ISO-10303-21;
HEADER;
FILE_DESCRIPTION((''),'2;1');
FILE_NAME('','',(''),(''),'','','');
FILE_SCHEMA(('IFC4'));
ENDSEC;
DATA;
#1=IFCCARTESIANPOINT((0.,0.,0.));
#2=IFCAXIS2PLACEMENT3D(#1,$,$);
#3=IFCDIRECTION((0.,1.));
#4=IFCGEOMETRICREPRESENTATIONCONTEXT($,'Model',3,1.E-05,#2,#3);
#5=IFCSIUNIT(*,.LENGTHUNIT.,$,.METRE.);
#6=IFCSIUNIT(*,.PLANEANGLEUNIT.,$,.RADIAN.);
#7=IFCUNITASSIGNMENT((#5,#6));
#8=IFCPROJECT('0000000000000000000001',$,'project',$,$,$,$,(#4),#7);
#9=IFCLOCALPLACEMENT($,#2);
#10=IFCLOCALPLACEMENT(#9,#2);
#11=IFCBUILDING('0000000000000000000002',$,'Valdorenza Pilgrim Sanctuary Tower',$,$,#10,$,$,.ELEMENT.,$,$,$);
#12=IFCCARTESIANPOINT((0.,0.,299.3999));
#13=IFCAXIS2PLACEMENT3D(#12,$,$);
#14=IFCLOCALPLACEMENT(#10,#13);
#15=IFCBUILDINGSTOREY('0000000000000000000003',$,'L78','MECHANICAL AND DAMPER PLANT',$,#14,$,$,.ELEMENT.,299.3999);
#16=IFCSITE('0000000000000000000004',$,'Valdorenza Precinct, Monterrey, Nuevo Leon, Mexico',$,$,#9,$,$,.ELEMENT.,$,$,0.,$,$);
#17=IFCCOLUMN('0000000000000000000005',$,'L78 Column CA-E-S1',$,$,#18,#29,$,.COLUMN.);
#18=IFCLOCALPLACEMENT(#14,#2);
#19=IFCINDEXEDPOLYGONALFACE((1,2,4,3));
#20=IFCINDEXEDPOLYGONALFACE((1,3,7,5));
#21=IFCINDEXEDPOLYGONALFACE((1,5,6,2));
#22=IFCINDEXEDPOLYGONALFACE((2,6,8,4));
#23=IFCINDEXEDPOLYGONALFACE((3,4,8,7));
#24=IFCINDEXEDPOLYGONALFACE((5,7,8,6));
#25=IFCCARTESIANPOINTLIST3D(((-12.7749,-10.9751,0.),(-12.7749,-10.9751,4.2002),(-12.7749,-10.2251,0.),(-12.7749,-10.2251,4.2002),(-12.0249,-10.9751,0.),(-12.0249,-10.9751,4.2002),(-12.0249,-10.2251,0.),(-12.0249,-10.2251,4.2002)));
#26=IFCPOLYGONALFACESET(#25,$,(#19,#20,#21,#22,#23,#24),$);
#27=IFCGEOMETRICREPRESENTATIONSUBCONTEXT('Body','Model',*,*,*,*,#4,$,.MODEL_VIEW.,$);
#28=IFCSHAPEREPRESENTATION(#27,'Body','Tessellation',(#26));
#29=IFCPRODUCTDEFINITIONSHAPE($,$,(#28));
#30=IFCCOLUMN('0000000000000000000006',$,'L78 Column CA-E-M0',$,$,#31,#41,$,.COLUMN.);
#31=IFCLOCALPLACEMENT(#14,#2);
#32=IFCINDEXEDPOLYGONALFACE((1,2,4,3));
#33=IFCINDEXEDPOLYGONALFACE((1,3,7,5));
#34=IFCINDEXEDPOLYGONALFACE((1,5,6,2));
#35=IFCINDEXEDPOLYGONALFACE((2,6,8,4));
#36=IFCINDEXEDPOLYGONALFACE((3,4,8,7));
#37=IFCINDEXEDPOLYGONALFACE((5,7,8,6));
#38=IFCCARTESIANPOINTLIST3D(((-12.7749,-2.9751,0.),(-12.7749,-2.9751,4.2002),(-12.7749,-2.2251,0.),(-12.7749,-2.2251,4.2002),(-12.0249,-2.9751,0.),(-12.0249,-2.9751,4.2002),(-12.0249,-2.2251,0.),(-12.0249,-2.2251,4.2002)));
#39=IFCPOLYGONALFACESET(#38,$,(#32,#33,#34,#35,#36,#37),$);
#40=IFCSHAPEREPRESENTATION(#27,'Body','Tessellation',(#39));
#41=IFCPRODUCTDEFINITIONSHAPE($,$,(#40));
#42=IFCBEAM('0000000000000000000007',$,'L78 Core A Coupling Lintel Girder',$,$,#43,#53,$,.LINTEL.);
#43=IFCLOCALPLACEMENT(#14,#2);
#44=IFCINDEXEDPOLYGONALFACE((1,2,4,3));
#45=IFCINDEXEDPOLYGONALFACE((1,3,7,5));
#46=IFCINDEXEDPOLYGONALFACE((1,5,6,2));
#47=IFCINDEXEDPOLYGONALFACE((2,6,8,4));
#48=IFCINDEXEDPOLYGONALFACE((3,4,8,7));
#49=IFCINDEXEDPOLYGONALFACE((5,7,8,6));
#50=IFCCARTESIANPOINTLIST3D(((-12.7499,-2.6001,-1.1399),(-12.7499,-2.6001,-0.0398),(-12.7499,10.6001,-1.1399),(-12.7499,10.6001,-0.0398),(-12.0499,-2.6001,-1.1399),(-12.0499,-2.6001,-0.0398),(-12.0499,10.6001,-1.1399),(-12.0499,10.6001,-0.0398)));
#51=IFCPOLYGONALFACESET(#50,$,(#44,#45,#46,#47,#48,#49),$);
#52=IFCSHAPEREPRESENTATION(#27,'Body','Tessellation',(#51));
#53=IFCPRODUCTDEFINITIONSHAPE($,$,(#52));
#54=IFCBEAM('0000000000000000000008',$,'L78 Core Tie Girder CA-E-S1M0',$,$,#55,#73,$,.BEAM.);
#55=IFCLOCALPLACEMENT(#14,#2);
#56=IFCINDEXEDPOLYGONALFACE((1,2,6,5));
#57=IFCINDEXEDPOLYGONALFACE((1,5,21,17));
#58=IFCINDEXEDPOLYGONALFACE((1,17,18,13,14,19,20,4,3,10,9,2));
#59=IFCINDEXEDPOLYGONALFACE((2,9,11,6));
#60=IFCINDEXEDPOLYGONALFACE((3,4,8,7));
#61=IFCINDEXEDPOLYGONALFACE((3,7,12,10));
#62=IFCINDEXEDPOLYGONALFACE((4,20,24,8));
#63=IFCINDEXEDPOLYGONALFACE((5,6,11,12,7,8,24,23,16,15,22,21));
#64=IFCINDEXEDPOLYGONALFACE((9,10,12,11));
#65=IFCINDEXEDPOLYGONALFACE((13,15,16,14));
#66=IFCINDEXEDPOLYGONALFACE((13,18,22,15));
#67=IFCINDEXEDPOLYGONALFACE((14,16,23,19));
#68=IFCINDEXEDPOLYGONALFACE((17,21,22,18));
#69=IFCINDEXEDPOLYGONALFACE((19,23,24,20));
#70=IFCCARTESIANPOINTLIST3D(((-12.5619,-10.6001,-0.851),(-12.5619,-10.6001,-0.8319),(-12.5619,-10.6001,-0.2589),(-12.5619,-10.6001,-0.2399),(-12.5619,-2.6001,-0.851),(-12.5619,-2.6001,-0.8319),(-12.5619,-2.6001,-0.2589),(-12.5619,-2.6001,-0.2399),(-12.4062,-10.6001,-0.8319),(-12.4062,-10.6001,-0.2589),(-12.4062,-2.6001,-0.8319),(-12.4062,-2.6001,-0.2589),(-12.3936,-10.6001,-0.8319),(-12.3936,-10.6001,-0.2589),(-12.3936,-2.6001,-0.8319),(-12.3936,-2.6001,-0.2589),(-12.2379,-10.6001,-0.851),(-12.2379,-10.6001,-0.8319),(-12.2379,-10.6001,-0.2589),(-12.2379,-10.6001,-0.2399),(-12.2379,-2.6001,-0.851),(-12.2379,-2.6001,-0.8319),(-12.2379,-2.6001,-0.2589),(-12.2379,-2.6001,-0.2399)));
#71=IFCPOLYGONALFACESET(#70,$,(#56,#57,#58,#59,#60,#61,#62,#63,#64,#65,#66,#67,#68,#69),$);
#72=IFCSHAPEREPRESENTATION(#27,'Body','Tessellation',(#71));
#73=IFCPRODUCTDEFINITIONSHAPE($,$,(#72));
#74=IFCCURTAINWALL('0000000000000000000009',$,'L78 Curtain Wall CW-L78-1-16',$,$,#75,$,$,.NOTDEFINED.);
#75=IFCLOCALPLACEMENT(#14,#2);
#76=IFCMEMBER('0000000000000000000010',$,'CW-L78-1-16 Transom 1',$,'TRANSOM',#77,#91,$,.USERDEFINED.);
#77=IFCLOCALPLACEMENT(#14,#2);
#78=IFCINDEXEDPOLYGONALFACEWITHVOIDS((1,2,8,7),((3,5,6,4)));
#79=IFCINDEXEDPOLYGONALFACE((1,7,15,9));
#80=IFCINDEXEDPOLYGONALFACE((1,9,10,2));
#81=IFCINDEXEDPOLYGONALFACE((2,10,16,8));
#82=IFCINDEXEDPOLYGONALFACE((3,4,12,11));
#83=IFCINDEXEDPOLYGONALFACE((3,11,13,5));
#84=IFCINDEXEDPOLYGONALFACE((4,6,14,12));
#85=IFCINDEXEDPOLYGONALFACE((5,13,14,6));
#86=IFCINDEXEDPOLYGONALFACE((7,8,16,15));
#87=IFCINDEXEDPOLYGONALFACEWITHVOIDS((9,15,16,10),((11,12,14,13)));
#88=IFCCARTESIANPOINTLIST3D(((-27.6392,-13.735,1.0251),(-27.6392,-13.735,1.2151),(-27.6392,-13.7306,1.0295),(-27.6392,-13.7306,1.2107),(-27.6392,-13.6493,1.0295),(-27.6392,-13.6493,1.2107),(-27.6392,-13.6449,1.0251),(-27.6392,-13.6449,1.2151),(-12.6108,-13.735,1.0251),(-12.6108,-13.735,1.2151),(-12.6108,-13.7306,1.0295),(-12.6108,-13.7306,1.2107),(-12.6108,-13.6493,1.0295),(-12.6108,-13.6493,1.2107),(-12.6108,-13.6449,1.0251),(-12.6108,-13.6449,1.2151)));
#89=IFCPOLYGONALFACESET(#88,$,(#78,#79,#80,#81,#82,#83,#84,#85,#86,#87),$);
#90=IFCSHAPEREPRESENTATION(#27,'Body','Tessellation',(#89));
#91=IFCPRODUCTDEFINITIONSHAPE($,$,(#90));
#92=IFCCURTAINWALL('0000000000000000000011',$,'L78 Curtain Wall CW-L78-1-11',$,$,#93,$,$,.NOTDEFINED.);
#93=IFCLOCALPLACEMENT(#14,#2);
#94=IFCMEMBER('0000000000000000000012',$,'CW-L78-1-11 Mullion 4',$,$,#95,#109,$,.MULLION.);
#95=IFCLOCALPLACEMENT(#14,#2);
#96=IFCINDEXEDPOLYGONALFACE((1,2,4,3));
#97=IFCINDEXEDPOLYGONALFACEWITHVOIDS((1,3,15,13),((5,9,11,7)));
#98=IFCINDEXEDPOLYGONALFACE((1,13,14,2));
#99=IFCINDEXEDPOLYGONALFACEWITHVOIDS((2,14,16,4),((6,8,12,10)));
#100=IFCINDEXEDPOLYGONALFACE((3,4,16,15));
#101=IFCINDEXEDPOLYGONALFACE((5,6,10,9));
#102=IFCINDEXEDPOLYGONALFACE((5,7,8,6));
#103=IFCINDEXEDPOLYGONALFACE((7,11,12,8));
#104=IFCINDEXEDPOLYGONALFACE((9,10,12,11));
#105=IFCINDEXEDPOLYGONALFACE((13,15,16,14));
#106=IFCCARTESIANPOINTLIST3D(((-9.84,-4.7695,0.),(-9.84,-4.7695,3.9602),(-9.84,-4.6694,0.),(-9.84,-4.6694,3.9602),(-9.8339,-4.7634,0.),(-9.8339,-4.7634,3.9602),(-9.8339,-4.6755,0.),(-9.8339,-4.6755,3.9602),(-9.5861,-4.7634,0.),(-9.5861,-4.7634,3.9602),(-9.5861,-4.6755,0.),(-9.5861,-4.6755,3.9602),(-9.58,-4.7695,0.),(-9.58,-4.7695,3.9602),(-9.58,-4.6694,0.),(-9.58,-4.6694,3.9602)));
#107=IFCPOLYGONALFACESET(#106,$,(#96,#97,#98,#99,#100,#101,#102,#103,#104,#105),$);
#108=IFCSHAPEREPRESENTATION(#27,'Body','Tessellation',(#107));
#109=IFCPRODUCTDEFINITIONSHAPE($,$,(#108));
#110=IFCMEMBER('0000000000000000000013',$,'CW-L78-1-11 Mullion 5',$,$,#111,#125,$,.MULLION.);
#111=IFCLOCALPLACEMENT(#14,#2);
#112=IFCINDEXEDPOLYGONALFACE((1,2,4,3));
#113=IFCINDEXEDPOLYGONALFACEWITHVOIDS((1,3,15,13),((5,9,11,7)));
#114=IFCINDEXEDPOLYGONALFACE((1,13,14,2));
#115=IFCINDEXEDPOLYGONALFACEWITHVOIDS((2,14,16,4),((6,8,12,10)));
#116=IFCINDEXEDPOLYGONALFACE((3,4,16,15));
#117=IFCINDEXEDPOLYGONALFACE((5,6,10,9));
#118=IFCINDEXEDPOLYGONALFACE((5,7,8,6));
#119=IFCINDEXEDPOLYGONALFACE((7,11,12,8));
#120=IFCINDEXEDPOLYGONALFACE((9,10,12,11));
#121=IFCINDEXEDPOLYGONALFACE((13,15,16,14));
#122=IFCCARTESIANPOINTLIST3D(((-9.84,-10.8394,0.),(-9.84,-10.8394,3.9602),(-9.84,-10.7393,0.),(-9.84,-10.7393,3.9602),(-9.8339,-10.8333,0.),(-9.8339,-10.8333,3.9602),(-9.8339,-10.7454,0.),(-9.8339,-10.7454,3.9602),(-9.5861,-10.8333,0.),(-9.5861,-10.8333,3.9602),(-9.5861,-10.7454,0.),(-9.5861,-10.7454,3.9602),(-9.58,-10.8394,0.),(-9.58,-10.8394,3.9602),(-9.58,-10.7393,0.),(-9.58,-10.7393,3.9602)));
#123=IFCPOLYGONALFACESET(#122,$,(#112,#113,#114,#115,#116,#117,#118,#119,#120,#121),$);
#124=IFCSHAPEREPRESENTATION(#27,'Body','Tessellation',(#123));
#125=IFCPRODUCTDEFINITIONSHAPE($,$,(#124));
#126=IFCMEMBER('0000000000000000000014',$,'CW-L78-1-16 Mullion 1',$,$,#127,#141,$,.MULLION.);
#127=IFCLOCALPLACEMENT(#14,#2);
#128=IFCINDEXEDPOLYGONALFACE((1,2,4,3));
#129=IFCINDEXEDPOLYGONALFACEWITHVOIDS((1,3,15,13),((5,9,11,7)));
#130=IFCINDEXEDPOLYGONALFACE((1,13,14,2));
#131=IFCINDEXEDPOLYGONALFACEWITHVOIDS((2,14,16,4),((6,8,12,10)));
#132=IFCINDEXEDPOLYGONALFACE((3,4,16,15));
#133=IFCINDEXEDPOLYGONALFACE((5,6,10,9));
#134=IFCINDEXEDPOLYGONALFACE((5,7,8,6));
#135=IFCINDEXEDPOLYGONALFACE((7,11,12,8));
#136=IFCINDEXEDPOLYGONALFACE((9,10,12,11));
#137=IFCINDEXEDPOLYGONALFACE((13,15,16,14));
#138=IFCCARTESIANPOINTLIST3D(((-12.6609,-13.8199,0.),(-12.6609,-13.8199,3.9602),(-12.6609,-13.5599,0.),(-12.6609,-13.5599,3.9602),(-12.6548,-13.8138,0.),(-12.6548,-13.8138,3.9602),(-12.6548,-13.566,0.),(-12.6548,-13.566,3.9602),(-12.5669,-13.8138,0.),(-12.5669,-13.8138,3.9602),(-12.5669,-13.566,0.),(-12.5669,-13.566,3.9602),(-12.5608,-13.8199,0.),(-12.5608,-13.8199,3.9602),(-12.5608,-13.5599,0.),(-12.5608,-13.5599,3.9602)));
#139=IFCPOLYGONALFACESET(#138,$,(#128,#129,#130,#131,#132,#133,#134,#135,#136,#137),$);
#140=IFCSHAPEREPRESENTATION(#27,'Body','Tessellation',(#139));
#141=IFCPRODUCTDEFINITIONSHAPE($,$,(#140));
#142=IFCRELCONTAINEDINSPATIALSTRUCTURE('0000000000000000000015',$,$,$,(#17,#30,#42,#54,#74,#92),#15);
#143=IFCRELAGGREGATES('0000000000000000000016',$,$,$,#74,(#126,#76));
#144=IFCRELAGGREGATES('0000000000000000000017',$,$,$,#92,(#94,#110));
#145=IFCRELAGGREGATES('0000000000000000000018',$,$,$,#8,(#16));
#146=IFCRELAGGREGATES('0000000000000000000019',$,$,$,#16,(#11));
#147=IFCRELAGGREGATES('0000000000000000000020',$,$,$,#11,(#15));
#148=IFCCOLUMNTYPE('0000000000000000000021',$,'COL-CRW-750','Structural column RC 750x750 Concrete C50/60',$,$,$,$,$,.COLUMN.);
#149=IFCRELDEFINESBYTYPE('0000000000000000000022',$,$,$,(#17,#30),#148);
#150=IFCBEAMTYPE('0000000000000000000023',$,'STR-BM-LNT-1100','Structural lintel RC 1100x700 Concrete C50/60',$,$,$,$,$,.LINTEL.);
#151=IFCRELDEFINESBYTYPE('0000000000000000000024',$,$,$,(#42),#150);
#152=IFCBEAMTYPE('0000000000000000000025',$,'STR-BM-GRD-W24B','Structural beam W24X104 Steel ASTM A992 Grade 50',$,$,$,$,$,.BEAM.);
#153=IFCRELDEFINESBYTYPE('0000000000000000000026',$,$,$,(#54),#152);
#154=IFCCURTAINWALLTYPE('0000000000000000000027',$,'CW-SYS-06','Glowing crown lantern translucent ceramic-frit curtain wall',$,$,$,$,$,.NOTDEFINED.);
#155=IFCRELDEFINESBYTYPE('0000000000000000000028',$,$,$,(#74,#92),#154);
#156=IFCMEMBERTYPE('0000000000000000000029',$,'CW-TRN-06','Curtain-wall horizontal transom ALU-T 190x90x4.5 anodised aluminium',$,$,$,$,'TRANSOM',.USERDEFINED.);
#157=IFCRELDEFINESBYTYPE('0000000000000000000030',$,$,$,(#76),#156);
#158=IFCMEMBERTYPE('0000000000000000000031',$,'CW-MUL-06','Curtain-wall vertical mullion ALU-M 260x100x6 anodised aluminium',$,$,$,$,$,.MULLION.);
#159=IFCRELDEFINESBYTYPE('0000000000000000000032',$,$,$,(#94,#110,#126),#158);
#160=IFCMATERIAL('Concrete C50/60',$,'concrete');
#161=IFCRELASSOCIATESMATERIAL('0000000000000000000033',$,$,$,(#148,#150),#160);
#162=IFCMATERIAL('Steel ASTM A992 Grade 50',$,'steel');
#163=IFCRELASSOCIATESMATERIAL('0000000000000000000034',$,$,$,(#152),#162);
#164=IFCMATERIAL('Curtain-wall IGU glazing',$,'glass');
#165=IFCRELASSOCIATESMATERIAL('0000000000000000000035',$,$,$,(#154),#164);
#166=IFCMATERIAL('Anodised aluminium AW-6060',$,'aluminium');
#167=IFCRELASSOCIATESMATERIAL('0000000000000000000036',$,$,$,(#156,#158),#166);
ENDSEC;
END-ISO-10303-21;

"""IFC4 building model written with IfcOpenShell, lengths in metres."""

from ifc_helpers import new_model, si_unit, direction, frame, origin, origin_2d, place, context, subcontext, project, spatial, rectangle, hollow_rectangle, i_section, extrude, source, transform, mapped, material, material_profile, profile_set, type_object, element, aggregate, save


model = new_model("IFC4")

# Units and contexts
model_context = context("Model", 3, precision=1e-05, world=origin(), true_north=direction((0.0, 1.0)))
body_context = subcontext(model_context, "Body", "Model", "MODEL_VIEW")
ifc_project = project(units=[si_unit("LENGTHUNIT", "METRE"), si_unit("PLANEANGLEUNIT", "RADIAN")], contexts=[model_context])

# Site, building, storey
site_placement = place(None, origin())
site = spatial("IfcSite", under=ifc_project, at=site_placement, Name="Valdorenza Precinct, Monterrey, Nuevo Leon, Mexico", CompositionType="ELEMENT", RefElevation=0.0)
building_placement = place(site_placement, origin())
building = spatial("IfcBuilding", under=site, at=building_placement, Name="Valdorenza Pilgrim Sanctuary Tower", CompositionType="ELEMENT")
storey_placement = place(building_placement, frame((0.0, 0.0, 299.3999)))
storey = spatial("IfcBuildingStorey", under=building, at=storey_placement, Name="L78", Description="MECHANICAL AND DAMPER PLANT", CompositionType="ELEMENT", Elevation=299.3999)

# Columns
ifc_material_1 = material(Name="Concrete C50/60", Category="concrete")
ifc_material_profile_1 = material_profile(ifc_material_1, rectangle(XDim=0.75, YDim=0.75, at=origin_2d()), Name="RC 750x750")
ifc_profile_set_1 = profile_set([ifc_material_profile_1], Name="Concrete C50/60")
column_type = type_object("IfcColumnType", Name="COL-CRW-750", Description="Structural column RC 750x750 Concrete C50/60", PredefinedType="COLUMN", material=ifc_profile_set_1)
shared_shape_1 = source(origin(), body_context, "Body", "SweptSolid", [
    extrude(rectangle(XDim=0.75, YDim=0.75, at=origin_2d()), origin(), (0.0, 0.0, 1.0), 4.2002),
])
for number, where, z_axis, x_axis, name in (
    (1, (-12.3999, -10.6001, 0.0), (0.0, 0.0, 1.0), (1.0, 0.0, 0.0), "L78 Column CA-E-S1"),
    (2, (-12.3999, -2.6001, 0.0), (0.0, 0.0, 1.0), (1.0, 0.0, 0.0), "L78 Column CA-E-M0"),
):
    element("IfcColumn", number, at=place(storey_placement, frame(where, z_axis=z_axis, x_axis=x_axis)), inside=storey, type_object=column_type, Name=name, PredefinedType="COLUMN", context=body_context, shape_type="MappedRepresentation", body=[
        mapped(shared_shape_1, transform((0.0, 0.0, 0.0), x_axis=(1.0, 0.0, 0.0), y_axis=(0.0, 1.0, 0.0), z_axis=(0.0, 0.0, 1.0), scale=1.0)),
    ])

# Beams
ifc_material_profile_2 = material_profile(ifc_material_1, rectangle(XDim=0.7, YDim=1.1001, at=origin_2d()), Name="RC 1100x700")
ifc_profile_set_2 = profile_set([ifc_material_profile_2], Name="Concrete C50/60")
beam_type_1 = type_object("IfcBeamType", Name="STR-BM-LNT-1100", Description="Structural lintel RC 1100x700 Concrete C50/60", PredefinedType="LINTEL", material=ifc_profile_set_2)
shared_shape_2 = source(origin(), body_context, "Body", "SweptSolid", [
    extrude(rectangle(XDim=0.7, YDim=1.1001, at=origin_2d()), origin(), (0.0, 0.0, 1.0), 13.2002),
])
beam_1_placement = place(storey_placement, frame((-12.3999, -2.6001, -0.5898), z_axis=(0.0, 1.0, 0.0), x_axis=(-1.0, 0.0, 0.0)))
element("IfcBeam", 3, at=beam_1_placement, inside=storey, type_object=beam_type_1, Name="L78 Core A Coupling Lintel Girder", PredefinedType="LINTEL", context=body_context, shape_type="MappedRepresentation", body=[
    mapped(shared_shape_2, transform((0.0, 0.0, 0.0), x_axis=(1.0, 0.0, 0.0), y_axis=(0.0, 1.0, 0.0), z_axis=(0.0, 0.0, 1.0), scale=1.0)),
])
ifc_material_2 = material(Name="Steel ASTM A992 Grade 50", Category="steel")
ifc_material_profile_3 = material_profile(ifc_material_2, i_section(OverallWidth=0.324, OverallDepth=0.6111, WebThickness=0.0127, FlangeThickness=0.019, at=origin_2d()), Name="W24X104")
ifc_profile_set_3 = profile_set([ifc_material_profile_3], Name="Steel ASTM A992 Grade 50")
beam_type_2 = type_object("IfcBeamType", Name="STR-BM-GRD-W24B", Description="Structural beam W24X104 Steel ASTM A992 Grade 50", PredefinedType="BEAM", material=ifc_profile_set_3)
shared_shape_3 = source(origin(), body_context, "Body", "SweptSolid", [
    extrude(i_section(OverallWidth=0.324, OverallDepth=0.6111, WebThickness=0.0127, FlangeThickness=0.019, at=origin_2d()), origin(), (0.0, 0.0, 1.0), 8.0),
])
beam_2_placement = place(storey_placement, frame((-12.3999, -10.6001, -0.5454), z_axis=(0.0, 1.0, 0.0), x_axis=(-1.0, 0.0, 0.0)))
element("IfcBeam", 4, at=beam_2_placement, inside=storey, type_object=beam_type_2, Name="L78 Core Tie Girder CA-E-S1M0", PredefinedType="BEAM", context=body_context, shape_type="MappedRepresentation", body=[
    mapped(shared_shape_3, transform((0.0, 0.0, 0.0), x_axis=(1.0, 0.0, 0.0), y_axis=(0.0, 1.0, 0.0), z_axis=(0.0, 0.0, 1.0), scale=1.0)),
])

# Curtain wall, member
ifc_material_3 = material(Name="Curtain-wall IGU glazing", Category="glass")
curtain_wall_type = type_object("IfcCurtainWallType", Name="CW-SYS-06", Description="Glowing crown lantern translucent ceramic-frit curtain wall", PredefinedType="NOTDEFINED", material=ifc_material_3)
curtain_wall_1_placement = place(storey_placement, origin())
curtain_wall_1 = element("IfcCurtainWall", 5, at=curtain_wall_1_placement, inside=storey, type_object=curtain_wall_type, Name="L78 Curtain Wall CW-L78-1-16", PredefinedType="NOTDEFINED")
ifc_material_4 = material(Name="Anodised aluminium AW-6060", Category="aluminium")
ifc_material_profile_4 = material_profile(ifc_material_4, hollow_rectangle(XDim=0.0901, YDim=0.1899, WallThickness=0.0044, at=origin_2d()), Name="ALU-T 190x90x4.5")
ifc_profile_set_4 = profile_set([ifc_material_profile_4], Name="Anodised aluminium AW-6060")
member_type_1 = type_object("IfcMemberType", Name="CW-TRN-06", Description="Curtain-wall horizontal transom ALU-T 190x90x4.5 anodised aluminium", ElementType="TRANSOM", PredefinedType="USERDEFINED", material=ifc_profile_set_4)
shared_shape_4 = source(origin(), body_context, "Body", "SweptSolid", [
    extrude(hollow_rectangle(XDim=0.0901, YDim=0.1899, WallThickness=0.0044, at=origin_2d()), origin(), (0.0, 0.0, 1.0), 15.0283),
])
member_1_placement = place(storey_placement, frame((-12.6108, -13.6899, 1.1201), z_axis=(-1.0, 0.0, 0.0), x_axis=(0.0, -1.0, 0.0)))
member_1 = element("IfcMember", 6, at=member_1_placement, type_object=member_type_1, Name="CW-L78-1-16 Transom 1", ObjectType="TRANSOM", PredefinedType="USERDEFINED", context=body_context, shape_type="MappedRepresentation", body=[
    mapped(shared_shape_4, transform((0.0, 0.0, 0.0), x_axis=(1.0, 0.0, 0.0), y_axis=(0.0, 1.0, 0.0), z_axis=(0.0, 0.0, 1.0), scale=1.0)),
])

# Curtain wall, members
curtain_wall_2_placement = place(storey_placement, origin())
curtain_wall_2 = element("IfcCurtainWall", 7, at=curtain_wall_2_placement, inside=storey, type_object=curtain_wall_type, Name="L78 Curtain Wall CW-L78-1-11", PredefinedType="NOTDEFINED")
ifc_material_profile_5 = material_profile(ifc_material_4, hollow_rectangle(XDim=0.1001, YDim=0.26, WallThickness=0.0061, at=origin_2d()), Name="ALU-M 260x100x6")
ifc_profile_set_5 = profile_set([ifc_material_profile_5], Name="Anodised aluminium AW-6060")
member_type_2 = type_object("IfcMemberType", Name="CW-MUL-06", Description="Curtain-wall vertical mullion ALU-M 260x100x6 anodised aluminium", PredefinedType="MULLION", material=ifc_profile_set_5)
shared_shape_5 = source(origin(), body_context, "Body", "SweptSolid", [
    extrude(hollow_rectangle(XDim=0.1001, YDim=0.26, WallThickness=0.0061, at=origin_2d()), origin(), (0.0, 0.0, 1.0), 3.9602),
])
member_2_placement = place(storey_placement, frame((-9.71, -4.7195, 0.0), z_axis=(0.0, 0.0, 1.0), x_axis=(0.0, -1.0, 0.0)))
member_2 = element("IfcMember", 8, at=member_2_placement, type_object=member_type_2, Name="CW-L78-1-11 Mullion 4", PredefinedType="MULLION", context=body_context, shape_type="MappedRepresentation", body=[
    mapped(shared_shape_5, transform((0.0, 0.0, 0.0), x_axis=(1.0, 0.0, 0.0), y_axis=(0.0, 1.0, 0.0), z_axis=(0.0, 0.0, 1.0), scale=1.0)),
])
member_3_placement = place(storey_placement, frame((-9.71, -10.7893, 0.0), z_axis=(0.0, 0.0, 1.0), x_axis=(0.0, -1.0, 0.0)))
member_3 = element("IfcMember", 9, at=member_3_placement, type_object=member_type_2, Name="CW-L78-1-11 Mullion 5", PredefinedType="MULLION", context=body_context, shape_type="MappedRepresentation", body=[
    mapped(shared_shape_5, transform((0.0, 0.0, 0.0), x_axis=(1.0, 0.0, 0.0), y_axis=(0.0, 1.0, 0.0), z_axis=(0.0, 0.0, 1.0), scale=1.0)),
])

# Member
member_4_placement = place(storey_placement, frame((-12.6108, -13.6899, 0.0), z_axis=(0.0, 0.0, 1.0), x_axis=(-1.0, 0.0, 0.0)))
member_4 = element("IfcMember", 10, at=member_4_placement, type_object=member_type_2, Name="CW-L78-1-16 Mullion 1", PredefinedType="MULLION", context=body_context, shape_type="MappedRepresentation", body=[
    mapped(shared_shape_5, transform((0.0, 0.0, 0.0), x_axis=(1.0, 0.0, 0.0), y_axis=(0.0, 1.0, 0.0), z_axis=(0.0, 0.0, 1.0), scale=1.0)),
])
aggregate(curtain_wall_1, [member_4, member_1])

aggregate(curtain_wall_2, [member_2, member_3])

save(model, "model.ifc")
